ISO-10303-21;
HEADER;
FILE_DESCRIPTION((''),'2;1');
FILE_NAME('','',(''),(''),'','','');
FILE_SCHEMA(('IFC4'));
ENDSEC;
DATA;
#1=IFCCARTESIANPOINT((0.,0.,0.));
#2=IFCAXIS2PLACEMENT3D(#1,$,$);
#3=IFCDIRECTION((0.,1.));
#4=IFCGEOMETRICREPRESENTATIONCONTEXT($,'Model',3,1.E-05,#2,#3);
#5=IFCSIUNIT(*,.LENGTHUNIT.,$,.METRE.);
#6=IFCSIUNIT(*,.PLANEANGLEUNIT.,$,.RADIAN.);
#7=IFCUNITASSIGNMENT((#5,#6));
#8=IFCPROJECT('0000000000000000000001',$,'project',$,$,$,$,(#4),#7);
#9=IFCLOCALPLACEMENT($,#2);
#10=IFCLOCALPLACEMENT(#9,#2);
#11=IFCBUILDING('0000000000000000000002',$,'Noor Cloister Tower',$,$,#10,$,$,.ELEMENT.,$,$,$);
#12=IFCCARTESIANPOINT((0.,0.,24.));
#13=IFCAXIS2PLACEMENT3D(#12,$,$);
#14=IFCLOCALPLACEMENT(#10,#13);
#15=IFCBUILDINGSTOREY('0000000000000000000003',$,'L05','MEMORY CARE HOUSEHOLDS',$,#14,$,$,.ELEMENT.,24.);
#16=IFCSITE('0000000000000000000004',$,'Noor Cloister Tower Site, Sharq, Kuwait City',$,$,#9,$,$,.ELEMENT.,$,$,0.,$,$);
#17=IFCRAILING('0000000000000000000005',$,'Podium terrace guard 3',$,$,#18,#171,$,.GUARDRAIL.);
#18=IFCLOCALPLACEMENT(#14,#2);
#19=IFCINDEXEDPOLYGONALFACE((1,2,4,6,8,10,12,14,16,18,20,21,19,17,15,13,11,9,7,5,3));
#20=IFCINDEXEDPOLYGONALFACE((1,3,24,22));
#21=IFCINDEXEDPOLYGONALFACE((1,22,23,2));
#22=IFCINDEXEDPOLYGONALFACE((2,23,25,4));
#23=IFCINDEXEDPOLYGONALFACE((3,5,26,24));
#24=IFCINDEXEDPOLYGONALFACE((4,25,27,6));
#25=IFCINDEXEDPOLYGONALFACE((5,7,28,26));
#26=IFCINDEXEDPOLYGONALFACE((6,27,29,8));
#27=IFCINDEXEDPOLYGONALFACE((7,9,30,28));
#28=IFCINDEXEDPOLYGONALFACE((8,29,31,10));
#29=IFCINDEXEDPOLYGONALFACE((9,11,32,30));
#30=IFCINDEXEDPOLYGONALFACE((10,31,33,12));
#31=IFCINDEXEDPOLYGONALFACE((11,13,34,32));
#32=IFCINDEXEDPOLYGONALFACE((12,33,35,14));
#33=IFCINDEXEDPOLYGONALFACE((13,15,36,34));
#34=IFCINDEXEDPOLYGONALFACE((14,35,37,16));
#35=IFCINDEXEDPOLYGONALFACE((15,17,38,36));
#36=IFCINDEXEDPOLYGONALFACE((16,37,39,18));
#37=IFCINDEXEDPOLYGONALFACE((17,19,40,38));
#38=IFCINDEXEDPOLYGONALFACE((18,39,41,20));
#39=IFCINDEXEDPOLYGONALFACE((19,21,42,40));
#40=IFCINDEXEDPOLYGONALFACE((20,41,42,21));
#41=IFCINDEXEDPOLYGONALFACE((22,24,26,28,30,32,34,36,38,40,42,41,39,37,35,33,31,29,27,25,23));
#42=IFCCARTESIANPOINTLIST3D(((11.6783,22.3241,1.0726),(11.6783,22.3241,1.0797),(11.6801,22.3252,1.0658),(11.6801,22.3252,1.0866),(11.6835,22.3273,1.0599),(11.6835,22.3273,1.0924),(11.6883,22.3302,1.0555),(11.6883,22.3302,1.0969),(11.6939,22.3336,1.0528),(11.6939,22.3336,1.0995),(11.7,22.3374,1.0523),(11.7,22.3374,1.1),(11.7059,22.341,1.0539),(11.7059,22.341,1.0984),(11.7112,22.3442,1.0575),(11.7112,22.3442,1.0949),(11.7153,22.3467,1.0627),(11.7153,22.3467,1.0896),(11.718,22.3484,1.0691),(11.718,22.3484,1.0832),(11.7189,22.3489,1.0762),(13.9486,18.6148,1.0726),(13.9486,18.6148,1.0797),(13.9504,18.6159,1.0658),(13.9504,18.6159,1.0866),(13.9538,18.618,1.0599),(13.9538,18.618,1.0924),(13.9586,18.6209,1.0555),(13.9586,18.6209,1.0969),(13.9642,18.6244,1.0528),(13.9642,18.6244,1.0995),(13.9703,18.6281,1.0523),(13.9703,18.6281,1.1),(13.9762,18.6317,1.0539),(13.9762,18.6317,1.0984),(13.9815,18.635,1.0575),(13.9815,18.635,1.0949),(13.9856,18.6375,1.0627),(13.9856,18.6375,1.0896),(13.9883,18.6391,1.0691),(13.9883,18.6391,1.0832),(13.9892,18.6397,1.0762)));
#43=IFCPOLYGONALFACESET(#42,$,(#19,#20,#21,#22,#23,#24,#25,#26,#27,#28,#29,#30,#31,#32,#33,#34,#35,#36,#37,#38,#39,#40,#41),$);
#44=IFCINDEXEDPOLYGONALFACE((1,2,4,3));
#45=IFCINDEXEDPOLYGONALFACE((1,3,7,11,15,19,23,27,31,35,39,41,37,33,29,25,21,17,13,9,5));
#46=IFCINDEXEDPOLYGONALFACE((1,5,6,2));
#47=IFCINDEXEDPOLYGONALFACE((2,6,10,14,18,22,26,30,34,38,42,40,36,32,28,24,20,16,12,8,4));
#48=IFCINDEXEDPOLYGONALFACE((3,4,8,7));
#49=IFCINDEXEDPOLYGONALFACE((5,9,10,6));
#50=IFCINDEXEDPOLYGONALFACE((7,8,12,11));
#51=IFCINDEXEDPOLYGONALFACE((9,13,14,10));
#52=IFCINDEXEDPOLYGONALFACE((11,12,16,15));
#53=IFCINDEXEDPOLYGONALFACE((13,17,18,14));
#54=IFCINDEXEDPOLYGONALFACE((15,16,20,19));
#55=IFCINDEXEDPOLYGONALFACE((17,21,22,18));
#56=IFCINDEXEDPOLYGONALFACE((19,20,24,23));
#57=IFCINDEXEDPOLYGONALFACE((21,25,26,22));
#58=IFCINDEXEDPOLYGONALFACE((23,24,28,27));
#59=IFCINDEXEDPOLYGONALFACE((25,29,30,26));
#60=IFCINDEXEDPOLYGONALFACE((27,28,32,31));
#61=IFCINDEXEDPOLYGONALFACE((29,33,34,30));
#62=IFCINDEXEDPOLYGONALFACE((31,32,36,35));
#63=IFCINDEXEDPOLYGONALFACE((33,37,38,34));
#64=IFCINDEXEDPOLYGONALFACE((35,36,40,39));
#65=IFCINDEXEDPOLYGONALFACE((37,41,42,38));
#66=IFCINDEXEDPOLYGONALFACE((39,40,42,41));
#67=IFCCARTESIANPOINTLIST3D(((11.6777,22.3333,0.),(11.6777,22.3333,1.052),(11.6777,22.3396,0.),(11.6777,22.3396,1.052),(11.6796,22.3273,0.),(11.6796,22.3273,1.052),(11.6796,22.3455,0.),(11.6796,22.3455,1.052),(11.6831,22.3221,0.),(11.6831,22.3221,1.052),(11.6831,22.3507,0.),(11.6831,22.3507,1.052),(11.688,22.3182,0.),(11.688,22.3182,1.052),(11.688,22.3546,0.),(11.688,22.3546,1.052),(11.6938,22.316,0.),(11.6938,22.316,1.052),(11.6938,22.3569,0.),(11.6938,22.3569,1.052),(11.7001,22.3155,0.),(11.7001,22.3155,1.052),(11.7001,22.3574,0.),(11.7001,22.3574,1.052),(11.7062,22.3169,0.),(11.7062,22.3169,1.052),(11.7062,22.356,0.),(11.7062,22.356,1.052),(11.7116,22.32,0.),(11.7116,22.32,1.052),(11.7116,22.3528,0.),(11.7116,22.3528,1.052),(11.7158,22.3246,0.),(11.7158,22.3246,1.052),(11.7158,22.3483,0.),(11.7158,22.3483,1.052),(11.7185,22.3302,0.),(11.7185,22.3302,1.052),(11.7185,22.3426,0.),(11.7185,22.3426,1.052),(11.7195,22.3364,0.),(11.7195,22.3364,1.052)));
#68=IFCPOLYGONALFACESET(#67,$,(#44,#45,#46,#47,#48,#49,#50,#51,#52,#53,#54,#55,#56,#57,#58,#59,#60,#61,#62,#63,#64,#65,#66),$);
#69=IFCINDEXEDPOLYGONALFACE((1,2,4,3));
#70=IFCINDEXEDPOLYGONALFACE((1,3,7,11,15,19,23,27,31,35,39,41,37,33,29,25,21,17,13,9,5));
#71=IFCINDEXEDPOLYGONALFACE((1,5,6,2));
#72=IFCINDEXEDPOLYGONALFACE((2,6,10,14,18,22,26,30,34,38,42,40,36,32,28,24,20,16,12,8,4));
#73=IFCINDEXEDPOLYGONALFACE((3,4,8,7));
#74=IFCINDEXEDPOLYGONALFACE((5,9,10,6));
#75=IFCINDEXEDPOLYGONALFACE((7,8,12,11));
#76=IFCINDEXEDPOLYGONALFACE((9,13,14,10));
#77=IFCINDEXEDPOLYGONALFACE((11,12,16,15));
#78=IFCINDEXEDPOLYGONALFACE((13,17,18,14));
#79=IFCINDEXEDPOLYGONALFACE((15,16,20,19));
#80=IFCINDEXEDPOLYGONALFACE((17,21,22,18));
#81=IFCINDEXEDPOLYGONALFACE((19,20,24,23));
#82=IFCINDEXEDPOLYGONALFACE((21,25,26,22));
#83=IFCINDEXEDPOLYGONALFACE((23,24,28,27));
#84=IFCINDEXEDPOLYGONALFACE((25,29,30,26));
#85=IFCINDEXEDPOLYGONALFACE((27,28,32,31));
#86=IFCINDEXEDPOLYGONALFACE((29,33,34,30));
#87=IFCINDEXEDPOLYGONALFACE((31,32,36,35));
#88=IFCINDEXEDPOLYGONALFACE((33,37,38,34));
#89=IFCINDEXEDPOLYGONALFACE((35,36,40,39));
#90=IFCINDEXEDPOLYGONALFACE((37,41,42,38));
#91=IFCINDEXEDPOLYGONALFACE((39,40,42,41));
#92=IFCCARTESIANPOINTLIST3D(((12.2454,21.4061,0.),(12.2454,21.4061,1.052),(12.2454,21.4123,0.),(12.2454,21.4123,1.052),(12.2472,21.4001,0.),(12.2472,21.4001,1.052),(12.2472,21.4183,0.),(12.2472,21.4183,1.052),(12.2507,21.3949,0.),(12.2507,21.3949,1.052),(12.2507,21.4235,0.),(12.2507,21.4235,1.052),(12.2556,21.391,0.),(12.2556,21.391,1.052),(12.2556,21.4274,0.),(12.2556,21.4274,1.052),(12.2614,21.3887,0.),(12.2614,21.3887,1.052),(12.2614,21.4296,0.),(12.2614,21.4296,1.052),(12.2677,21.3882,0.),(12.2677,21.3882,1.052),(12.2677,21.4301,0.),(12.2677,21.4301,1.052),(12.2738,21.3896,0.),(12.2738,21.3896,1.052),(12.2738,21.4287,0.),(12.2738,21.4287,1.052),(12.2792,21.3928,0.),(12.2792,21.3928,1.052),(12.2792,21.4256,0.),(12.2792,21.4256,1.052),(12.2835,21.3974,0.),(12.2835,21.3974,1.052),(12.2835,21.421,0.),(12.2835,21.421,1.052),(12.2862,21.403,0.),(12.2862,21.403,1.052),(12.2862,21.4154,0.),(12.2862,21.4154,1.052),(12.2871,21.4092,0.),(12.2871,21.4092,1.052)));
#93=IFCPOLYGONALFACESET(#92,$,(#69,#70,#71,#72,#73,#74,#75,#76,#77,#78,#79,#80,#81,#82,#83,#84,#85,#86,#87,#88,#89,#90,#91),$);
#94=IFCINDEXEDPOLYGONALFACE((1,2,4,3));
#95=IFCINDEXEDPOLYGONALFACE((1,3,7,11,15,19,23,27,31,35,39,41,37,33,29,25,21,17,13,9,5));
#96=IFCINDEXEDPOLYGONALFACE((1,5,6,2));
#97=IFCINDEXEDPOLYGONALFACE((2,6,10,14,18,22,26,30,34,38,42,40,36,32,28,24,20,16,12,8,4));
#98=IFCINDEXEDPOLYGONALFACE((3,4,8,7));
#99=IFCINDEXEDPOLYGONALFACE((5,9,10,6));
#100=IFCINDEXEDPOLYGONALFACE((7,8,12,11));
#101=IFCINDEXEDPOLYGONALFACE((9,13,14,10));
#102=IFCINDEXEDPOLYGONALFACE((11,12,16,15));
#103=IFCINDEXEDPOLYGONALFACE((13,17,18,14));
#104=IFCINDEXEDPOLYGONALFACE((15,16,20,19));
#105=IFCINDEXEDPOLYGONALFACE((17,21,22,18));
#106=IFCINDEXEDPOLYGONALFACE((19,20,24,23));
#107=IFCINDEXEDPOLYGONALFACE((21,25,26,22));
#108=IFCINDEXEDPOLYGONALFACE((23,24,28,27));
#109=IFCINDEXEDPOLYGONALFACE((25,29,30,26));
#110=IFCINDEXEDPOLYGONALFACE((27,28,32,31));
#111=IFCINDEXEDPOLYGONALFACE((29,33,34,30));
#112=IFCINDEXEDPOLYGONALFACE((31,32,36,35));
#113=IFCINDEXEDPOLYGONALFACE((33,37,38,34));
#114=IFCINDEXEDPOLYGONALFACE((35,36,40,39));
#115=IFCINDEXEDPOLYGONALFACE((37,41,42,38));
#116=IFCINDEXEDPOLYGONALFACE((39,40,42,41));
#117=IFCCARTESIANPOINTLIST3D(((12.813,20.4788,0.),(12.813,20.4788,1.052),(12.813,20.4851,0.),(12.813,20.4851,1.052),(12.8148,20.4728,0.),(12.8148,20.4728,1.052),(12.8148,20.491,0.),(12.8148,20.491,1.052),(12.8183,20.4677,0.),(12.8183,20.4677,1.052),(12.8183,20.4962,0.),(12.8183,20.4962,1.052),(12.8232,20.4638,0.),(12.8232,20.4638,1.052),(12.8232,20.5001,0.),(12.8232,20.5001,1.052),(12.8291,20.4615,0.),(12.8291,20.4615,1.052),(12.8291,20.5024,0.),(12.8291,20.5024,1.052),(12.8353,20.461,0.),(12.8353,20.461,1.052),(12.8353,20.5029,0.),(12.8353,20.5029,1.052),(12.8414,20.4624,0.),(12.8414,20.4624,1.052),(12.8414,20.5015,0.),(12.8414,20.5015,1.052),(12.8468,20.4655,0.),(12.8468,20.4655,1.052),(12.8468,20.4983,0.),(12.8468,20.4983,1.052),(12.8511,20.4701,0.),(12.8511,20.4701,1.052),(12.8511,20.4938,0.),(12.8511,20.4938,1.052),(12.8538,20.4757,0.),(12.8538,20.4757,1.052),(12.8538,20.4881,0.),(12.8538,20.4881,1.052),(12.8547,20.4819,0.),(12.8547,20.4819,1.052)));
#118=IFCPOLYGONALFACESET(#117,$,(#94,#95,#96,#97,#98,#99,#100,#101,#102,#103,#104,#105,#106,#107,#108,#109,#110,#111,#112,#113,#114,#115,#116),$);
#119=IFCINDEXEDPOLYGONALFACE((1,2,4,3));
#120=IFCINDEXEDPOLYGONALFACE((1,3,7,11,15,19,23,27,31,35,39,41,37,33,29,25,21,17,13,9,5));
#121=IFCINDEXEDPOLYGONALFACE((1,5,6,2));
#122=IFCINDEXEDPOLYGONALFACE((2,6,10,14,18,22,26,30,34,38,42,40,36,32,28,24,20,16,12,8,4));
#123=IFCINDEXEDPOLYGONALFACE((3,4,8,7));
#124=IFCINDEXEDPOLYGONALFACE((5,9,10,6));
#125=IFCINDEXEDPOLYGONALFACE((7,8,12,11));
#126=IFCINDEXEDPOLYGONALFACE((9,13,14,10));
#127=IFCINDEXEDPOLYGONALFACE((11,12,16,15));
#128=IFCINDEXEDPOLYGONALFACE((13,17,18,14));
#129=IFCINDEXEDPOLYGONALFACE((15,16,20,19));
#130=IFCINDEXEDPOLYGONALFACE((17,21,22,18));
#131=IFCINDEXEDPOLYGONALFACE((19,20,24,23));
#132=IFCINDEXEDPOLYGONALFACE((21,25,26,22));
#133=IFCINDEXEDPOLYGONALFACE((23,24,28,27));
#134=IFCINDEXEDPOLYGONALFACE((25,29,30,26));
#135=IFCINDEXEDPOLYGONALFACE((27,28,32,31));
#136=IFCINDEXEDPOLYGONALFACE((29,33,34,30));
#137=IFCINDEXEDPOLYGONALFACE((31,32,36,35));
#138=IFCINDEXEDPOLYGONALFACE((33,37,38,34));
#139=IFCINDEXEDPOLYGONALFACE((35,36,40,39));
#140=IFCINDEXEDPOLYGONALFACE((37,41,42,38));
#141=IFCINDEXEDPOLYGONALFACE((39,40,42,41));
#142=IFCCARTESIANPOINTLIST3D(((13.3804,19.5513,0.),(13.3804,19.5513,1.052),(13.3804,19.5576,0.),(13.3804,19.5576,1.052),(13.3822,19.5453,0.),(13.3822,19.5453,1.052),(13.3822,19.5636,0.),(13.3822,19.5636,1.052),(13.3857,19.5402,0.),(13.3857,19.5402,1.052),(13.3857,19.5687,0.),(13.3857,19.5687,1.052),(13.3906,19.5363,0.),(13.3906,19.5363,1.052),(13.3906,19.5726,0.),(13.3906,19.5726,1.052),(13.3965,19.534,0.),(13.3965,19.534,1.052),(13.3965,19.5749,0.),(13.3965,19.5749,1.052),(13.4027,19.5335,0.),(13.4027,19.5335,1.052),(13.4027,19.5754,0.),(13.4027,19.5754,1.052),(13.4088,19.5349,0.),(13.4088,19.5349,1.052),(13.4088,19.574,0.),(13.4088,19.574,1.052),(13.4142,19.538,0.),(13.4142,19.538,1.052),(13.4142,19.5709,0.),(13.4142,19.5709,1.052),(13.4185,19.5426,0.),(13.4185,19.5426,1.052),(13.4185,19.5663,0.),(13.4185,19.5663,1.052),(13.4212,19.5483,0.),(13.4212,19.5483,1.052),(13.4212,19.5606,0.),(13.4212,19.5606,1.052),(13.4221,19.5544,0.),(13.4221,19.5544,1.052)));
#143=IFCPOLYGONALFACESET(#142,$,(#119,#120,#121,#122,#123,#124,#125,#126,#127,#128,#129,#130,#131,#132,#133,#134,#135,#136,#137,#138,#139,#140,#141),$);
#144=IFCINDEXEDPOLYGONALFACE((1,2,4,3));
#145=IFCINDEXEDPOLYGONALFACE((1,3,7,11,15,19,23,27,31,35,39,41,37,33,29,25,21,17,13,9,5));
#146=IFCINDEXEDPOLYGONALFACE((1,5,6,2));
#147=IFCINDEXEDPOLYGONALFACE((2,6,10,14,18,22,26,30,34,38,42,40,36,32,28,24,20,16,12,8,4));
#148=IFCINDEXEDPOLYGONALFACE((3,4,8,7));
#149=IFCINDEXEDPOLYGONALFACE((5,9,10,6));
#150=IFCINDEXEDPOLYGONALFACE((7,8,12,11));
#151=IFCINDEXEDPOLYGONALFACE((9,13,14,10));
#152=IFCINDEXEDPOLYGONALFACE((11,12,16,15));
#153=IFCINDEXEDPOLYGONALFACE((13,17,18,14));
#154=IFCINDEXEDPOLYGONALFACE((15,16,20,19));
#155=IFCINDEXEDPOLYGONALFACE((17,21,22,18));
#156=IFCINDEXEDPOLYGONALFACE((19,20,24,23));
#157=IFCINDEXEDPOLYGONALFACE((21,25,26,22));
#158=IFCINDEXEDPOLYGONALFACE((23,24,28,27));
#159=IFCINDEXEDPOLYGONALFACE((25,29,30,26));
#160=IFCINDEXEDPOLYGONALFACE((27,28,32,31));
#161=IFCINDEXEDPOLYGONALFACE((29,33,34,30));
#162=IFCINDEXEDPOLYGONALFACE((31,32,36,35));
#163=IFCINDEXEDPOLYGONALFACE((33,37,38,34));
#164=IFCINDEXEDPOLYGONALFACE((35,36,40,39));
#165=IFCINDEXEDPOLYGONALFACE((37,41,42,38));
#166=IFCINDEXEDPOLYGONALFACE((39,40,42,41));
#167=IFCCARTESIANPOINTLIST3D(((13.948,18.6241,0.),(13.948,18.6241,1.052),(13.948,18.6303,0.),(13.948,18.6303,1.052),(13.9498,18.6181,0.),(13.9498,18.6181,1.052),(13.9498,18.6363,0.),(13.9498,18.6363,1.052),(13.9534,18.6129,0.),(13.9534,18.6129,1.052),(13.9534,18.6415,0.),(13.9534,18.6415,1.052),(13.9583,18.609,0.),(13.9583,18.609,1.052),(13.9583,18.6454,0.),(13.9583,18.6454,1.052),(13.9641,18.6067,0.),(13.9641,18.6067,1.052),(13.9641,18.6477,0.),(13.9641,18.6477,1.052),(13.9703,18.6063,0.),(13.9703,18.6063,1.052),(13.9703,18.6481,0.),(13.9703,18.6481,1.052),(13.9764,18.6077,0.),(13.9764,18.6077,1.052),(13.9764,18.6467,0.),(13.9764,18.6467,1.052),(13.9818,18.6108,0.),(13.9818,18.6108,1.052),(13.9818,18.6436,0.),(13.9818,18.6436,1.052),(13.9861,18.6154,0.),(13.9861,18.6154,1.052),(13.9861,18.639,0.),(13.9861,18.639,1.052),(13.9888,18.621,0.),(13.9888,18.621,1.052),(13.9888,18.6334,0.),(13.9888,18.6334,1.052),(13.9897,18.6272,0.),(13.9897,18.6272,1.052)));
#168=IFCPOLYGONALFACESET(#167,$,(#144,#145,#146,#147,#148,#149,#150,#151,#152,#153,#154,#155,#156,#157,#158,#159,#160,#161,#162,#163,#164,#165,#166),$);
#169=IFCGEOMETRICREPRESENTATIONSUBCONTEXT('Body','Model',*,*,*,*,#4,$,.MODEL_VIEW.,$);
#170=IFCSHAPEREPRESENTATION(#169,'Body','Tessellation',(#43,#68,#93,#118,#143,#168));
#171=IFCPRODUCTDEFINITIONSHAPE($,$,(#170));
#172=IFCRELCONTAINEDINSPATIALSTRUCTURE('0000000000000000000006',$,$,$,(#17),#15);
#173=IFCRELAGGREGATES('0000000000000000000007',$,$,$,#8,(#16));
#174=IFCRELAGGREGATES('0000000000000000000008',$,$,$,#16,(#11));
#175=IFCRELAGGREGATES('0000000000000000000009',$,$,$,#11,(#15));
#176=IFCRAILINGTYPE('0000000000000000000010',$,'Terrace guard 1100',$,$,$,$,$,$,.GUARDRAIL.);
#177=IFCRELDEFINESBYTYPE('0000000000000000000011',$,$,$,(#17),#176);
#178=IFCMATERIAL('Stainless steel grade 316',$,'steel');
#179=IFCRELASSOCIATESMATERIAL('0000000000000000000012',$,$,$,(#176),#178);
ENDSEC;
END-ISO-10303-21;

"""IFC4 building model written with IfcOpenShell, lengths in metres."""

from ifc_helpers import new_model, si_unit, direction, frame, origin, origin_2d, place, context, subcontext, project, spatial, circle, extrude, material, type_object, element, save


model = new_model("IFC4")

# Units and contexts
model_context = context("Model", 3, precision=1e-05, world=origin(), true_north=direction((0.0, 1.0)))
body_context = subcontext(model_context, "Body", "Model", "MODEL_VIEW")
ifc_project = project(units=[si_unit("LENGTHUNIT", "METRE"), si_unit("PLANEANGLEUNIT", "RADIAN")], contexts=[model_context])

# Site, building, storey
site_placement = place(None, origin())
site = spatial("IfcSite", under=ifc_project, at=site_placement, Name="Noor Cloister Tower Site, Sharq, Kuwait City", CompositionType="ELEMENT", RefElevation=0.0)
building_placement = place(site_placement, origin())
building = spatial("IfcBuilding", under=site, at=building_placement, Name="Noor Cloister Tower", CompositionType="ELEMENT")
storey_placement = place(building_placement, frame((0.0, 0.0, 24.0)))
storey = spatial("IfcBuildingStorey", under=building, at=storey_placement, Name="L05", Description="MEMORY CARE HOUSEHOLDS", CompositionType="ELEMENT", Elevation=24.0)

# Railing
ifc_material_1 = material(Name="Stainless steel grade 316", Category="steel")
railing_type = type_object("IfcRailingType", Name="Terrace guard 1100", PredefinedType="GUARDRAIL", material=ifc_material_1)
railing_1_placement = place(storey_placement, frame((11.6985, 22.3364, 0.0)))
element("IfcRailing", 1, at=railing_1_placement, inside=storey, type_object=railing_type, Name="Podium terrace guard 3", PredefinedType="GUARDRAIL", context=body_context, shape_type="SweptSolid", body=[
    extrude(circle(Radius=0.0239, at=origin_2d()), frame((0.0, 0.0, 1.0762), z_axis=(0.522038, -0.852922, 0.0), x_axis=(0.852922, 0.522038, 0.0)), (0.0, 0.0, 1.0), 4.3489),
    extrude(circle(Radius=0.021, at=origin_2d()), origin(), (0.0, 0.0, 1.0), 1.052),
    extrude(circle(Radius=0.021, at=origin_2d()), frame((0.5676, -0.9272, 0.0)), (0.0, 0.0, 1.0), 1.052),
    extrude(circle(Radius=0.021, at=origin_2d()), frame((1.1353, -1.8545, 0.0)), (0.0, 0.0, 1.0), 1.052),
    extrude(circle(Radius=0.021, at=origin_2d()), frame((1.7026, -2.782, 0.0)), (0.0, 0.0, 1.0), 1.052),
    extrude(circle(Radius=0.021, at=origin_2d()), frame((2.2703, -3.7092, 0.0)), (0.0, 0.0, 1.0), 1.052),
])

save(model, "model.ifc")
